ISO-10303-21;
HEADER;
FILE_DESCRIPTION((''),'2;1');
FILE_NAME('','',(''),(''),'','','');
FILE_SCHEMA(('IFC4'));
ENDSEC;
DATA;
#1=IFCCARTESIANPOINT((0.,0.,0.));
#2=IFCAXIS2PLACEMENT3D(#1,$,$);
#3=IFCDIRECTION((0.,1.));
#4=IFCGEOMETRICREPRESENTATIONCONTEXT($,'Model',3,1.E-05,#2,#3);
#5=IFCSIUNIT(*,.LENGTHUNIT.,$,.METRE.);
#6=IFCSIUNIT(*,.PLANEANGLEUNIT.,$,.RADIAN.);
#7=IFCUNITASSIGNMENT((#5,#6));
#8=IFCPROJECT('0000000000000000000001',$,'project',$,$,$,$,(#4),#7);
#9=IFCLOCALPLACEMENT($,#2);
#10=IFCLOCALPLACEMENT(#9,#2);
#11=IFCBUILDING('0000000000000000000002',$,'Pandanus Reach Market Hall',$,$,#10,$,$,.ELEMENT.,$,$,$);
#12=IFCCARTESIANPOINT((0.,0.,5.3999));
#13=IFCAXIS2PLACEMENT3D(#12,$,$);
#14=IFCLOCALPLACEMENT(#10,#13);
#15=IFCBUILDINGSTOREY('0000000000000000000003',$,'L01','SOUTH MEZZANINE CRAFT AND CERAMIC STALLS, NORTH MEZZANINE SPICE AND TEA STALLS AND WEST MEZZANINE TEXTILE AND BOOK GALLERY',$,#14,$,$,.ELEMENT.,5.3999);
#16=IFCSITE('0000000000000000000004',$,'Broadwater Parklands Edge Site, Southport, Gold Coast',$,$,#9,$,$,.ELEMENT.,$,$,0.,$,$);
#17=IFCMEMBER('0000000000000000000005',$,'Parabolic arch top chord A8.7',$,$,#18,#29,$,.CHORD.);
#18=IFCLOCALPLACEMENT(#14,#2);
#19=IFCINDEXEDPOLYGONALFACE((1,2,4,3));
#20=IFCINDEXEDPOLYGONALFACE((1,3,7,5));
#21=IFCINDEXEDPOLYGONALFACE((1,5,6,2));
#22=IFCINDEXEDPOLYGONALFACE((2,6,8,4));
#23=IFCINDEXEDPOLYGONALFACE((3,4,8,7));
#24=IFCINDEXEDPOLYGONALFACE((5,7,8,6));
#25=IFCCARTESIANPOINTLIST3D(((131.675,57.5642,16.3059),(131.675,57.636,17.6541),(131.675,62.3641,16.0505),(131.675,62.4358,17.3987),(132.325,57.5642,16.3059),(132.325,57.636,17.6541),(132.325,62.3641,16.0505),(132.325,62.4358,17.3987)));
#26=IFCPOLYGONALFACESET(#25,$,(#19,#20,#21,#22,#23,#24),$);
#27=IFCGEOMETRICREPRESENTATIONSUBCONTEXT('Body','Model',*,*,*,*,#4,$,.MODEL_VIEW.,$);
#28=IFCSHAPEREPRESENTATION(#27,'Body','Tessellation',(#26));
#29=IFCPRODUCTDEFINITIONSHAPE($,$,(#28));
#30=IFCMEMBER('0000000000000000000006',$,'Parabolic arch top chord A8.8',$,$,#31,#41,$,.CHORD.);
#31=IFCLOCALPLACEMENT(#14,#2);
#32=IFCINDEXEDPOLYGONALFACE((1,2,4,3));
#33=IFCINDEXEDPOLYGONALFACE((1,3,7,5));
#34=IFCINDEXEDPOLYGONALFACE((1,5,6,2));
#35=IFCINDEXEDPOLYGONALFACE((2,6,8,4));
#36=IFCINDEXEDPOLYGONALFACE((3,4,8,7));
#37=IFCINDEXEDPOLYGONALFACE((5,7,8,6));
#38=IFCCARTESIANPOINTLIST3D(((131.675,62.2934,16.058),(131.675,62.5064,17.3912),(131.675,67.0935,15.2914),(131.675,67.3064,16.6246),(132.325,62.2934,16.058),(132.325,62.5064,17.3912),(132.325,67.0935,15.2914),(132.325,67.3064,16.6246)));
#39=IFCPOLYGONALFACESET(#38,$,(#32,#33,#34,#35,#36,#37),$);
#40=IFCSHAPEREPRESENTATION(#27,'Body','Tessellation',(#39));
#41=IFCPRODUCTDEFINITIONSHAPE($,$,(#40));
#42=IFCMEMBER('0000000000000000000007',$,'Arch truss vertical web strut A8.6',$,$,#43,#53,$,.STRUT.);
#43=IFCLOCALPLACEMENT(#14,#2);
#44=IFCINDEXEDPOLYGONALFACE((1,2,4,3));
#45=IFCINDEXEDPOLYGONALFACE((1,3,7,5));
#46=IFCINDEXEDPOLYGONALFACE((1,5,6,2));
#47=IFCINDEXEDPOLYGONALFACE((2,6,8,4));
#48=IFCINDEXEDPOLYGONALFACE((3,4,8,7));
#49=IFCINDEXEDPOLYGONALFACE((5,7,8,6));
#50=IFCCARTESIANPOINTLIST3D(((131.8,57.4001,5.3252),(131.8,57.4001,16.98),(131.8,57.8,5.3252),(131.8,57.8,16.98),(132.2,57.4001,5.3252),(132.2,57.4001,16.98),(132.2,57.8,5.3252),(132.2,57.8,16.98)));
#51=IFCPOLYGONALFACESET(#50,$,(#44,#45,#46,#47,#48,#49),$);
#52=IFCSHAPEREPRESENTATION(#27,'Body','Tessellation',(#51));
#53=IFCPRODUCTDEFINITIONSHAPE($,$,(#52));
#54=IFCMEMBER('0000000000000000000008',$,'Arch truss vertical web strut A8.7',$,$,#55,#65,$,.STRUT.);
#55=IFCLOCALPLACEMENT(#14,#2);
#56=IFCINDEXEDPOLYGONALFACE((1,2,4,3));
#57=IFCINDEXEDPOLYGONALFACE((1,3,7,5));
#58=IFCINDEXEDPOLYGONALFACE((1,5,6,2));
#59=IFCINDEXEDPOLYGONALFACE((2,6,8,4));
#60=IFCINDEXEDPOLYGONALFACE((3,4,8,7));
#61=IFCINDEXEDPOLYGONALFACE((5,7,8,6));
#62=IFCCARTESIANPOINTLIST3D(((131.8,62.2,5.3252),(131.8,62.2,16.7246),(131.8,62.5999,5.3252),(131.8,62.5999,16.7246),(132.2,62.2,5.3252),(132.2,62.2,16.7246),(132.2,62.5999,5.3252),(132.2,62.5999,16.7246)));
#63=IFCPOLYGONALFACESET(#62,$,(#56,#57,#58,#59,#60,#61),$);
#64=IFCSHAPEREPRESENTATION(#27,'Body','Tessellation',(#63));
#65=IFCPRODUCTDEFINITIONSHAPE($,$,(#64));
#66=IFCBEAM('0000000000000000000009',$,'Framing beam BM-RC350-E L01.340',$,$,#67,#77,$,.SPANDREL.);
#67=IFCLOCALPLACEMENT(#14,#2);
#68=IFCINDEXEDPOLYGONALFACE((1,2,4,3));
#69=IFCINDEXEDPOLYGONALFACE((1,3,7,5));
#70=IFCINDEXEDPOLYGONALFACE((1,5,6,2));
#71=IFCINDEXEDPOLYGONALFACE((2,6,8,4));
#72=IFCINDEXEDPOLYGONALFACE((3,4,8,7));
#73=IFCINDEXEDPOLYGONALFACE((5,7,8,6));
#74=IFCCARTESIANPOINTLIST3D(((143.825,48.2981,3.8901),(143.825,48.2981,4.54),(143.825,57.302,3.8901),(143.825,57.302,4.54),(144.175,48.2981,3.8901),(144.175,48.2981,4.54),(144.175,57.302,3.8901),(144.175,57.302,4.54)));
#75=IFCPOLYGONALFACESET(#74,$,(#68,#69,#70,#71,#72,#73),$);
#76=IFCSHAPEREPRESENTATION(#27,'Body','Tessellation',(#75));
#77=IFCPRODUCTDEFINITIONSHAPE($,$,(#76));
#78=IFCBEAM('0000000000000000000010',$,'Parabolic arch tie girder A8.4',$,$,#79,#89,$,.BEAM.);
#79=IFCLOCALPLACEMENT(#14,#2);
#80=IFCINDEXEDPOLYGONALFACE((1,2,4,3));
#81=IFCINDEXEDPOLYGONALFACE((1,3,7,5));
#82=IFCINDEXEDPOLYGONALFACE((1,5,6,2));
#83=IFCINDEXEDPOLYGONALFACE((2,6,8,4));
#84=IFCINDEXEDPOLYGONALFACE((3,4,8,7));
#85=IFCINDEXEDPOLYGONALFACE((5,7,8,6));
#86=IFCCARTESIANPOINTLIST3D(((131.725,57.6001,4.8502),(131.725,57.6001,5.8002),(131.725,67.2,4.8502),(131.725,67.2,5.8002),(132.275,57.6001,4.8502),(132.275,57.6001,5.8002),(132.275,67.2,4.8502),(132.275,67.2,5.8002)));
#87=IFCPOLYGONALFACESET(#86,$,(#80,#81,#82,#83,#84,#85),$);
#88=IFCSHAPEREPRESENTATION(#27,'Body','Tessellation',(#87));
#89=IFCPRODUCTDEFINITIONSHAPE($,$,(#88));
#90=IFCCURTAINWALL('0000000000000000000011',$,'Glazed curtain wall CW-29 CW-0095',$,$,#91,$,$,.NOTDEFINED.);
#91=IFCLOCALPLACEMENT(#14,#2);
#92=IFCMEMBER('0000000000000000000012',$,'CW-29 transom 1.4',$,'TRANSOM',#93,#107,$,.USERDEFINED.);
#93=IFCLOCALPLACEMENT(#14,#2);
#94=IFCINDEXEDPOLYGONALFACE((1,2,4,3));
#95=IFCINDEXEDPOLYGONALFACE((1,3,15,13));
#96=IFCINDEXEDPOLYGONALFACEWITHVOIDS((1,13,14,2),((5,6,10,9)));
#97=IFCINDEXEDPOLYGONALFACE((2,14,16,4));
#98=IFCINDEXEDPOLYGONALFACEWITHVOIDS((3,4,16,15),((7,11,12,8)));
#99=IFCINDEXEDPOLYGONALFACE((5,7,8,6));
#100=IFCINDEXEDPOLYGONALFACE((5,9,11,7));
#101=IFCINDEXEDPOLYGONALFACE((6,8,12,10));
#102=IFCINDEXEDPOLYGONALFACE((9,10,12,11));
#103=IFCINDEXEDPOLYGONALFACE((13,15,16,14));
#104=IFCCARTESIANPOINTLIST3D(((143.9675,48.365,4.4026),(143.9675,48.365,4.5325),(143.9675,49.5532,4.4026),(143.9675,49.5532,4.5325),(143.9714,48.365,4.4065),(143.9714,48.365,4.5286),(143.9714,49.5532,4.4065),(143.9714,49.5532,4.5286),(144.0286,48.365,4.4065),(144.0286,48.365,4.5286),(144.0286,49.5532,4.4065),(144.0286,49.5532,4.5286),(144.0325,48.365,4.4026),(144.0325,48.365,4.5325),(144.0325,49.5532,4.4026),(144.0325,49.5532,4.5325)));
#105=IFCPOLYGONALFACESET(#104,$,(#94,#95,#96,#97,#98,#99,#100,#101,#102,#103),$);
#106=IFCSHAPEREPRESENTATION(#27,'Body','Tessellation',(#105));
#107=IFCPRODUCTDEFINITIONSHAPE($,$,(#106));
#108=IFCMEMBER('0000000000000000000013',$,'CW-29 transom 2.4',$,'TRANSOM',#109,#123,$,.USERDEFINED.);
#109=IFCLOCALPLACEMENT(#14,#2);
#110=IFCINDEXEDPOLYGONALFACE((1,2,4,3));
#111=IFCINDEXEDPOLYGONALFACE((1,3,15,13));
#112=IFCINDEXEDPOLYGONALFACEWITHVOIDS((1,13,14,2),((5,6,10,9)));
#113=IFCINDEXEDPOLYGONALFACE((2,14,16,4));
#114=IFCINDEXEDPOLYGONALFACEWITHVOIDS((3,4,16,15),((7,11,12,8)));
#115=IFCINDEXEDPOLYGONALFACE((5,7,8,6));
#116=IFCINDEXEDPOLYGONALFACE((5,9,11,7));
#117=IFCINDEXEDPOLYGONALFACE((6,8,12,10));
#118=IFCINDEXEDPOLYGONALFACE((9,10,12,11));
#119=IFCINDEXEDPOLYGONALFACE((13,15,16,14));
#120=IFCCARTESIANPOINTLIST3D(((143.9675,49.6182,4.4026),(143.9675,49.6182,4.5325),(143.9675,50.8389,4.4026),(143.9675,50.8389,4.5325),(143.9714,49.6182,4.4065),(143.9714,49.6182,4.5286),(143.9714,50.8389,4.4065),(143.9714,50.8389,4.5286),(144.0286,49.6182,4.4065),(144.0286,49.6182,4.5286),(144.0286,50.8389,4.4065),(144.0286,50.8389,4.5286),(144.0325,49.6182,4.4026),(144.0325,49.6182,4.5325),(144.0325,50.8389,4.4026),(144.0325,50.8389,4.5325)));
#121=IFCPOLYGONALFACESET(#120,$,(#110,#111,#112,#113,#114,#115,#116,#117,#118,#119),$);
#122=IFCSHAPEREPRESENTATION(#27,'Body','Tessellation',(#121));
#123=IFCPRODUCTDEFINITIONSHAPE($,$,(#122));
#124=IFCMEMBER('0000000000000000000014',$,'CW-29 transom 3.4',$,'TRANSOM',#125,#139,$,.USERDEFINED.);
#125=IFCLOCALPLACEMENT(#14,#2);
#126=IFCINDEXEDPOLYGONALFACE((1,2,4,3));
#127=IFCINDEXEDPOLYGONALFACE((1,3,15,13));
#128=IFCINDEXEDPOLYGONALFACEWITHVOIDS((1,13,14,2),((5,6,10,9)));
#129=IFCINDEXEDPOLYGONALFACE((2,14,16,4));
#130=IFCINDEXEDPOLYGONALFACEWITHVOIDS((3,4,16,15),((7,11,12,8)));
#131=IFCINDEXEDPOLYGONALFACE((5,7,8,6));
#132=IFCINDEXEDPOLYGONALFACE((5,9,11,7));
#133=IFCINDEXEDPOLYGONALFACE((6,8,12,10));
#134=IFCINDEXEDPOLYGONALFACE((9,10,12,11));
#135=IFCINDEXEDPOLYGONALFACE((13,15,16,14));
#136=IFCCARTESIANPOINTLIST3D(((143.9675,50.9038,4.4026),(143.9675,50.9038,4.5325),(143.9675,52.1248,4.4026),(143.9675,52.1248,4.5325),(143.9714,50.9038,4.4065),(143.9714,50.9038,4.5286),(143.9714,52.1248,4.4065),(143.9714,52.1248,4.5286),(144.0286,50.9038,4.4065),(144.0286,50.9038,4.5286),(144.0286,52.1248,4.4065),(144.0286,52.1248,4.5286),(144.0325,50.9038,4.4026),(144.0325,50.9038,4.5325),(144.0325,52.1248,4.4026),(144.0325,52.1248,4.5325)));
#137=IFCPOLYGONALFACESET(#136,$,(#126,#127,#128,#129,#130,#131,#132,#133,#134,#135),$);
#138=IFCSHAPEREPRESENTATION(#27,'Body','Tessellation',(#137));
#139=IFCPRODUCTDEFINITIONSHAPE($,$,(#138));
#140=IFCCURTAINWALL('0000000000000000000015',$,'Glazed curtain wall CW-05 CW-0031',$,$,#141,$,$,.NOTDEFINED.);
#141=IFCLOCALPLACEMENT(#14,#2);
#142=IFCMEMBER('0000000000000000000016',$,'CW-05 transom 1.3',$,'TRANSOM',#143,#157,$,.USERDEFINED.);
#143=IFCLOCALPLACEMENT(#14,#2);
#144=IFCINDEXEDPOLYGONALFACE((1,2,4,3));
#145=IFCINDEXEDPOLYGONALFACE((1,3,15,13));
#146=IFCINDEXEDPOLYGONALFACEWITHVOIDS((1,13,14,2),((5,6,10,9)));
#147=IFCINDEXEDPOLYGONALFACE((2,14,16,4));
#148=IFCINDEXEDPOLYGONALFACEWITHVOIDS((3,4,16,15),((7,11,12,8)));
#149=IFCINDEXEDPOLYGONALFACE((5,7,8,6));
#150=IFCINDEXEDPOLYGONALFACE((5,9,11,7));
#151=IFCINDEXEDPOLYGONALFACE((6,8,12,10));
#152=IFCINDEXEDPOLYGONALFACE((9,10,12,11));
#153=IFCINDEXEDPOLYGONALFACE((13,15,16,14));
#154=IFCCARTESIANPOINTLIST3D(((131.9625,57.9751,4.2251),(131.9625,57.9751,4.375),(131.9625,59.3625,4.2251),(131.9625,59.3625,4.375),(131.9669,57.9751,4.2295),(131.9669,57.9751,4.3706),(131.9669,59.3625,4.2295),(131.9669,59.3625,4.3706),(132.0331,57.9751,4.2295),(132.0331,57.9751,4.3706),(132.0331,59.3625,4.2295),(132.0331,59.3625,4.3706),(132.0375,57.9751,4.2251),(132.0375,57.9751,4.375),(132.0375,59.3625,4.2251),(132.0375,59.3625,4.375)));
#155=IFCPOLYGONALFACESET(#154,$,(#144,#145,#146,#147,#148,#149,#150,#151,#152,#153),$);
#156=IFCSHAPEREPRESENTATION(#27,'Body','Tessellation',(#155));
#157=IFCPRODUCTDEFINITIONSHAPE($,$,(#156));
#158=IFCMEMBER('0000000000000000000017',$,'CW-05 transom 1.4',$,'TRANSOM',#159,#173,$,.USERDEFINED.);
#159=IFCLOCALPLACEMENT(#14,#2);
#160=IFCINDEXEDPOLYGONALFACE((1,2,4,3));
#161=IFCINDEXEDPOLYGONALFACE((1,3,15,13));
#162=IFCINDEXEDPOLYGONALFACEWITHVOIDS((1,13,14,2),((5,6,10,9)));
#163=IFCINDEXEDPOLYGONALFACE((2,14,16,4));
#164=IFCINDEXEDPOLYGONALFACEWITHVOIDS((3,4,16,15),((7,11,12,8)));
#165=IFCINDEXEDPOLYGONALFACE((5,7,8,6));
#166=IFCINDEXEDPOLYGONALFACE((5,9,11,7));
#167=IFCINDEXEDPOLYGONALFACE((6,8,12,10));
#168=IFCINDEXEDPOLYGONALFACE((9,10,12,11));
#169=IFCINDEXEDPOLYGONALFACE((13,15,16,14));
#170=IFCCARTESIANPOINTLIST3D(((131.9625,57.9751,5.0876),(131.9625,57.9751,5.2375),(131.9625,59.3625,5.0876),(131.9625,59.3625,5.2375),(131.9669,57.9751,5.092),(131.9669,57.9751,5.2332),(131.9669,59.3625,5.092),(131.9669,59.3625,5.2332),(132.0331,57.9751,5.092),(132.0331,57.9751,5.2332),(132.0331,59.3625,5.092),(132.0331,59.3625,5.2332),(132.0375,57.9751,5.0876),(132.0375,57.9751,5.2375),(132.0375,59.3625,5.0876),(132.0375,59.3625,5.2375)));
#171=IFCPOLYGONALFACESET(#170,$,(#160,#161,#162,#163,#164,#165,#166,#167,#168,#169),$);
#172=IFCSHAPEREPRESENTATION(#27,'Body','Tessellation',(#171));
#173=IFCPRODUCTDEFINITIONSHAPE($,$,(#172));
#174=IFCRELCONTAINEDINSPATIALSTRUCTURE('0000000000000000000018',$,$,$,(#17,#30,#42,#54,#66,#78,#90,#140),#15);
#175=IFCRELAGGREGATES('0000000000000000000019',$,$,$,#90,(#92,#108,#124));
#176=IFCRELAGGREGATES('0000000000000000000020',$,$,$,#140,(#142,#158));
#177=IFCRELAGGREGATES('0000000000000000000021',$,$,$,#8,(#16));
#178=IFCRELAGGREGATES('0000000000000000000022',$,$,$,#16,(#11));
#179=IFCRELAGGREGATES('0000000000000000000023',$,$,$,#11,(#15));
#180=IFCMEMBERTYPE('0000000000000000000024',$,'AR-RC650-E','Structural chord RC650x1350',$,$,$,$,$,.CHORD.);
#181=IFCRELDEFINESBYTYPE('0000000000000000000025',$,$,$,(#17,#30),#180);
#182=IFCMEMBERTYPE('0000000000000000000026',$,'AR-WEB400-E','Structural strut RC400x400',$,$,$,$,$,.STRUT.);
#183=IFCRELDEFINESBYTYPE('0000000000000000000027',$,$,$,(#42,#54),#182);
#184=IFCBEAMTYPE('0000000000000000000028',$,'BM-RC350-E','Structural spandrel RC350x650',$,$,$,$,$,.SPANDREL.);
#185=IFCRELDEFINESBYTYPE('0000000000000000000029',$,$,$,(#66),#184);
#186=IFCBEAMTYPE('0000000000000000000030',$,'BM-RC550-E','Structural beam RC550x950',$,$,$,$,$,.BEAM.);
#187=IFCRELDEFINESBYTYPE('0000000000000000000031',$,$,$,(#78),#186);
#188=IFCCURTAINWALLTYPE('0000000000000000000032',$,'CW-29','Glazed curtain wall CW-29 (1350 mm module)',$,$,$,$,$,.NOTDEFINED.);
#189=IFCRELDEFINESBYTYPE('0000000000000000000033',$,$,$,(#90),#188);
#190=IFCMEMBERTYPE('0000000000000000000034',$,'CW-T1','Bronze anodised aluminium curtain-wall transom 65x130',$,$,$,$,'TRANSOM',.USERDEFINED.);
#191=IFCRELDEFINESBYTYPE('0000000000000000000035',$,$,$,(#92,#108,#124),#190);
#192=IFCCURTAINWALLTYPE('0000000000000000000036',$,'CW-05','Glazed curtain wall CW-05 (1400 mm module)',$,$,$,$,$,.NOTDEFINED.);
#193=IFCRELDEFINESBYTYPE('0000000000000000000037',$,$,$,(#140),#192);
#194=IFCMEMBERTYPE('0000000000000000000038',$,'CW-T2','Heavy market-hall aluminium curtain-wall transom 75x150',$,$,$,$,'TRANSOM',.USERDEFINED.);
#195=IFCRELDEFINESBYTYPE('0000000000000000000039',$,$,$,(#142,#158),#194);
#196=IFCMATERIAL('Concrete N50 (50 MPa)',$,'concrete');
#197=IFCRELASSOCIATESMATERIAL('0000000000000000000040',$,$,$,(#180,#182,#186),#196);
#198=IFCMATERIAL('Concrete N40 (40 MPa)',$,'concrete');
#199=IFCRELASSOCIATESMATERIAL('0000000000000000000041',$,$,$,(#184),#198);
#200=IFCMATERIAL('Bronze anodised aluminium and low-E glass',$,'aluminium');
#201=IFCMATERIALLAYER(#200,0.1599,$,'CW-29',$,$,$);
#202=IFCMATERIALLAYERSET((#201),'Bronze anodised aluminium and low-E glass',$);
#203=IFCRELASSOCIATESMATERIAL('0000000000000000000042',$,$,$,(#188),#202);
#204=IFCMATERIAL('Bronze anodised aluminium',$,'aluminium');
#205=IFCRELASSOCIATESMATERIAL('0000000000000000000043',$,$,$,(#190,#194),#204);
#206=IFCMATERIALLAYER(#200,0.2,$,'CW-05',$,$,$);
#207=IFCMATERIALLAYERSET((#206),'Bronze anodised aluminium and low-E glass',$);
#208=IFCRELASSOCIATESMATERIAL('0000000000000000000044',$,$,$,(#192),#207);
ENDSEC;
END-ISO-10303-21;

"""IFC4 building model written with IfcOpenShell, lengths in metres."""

from ifc_helpers import new_model, si_unit, direction, frame, origin, origin_2d, place, context, subcontext, project, spatial, rectangle, hollow_rectangle, extrude, material, layer, layer_set, material_profile, profile_set, type_object, element, aggregate, save


model = new_model("IFC4")

# Units and contexts
model_context = context("Model", 3, precision=1e-05, world=origin(), true_north=direction((0.0, 1.0)))
body_context = subcontext(model_context, "Body", "Model", "MODEL_VIEW")
ifc_project = project(units=[si_unit("LENGTHUNIT", "METRE"), si_unit("PLANEANGLEUNIT", "RADIAN")], contexts=[model_context])

# Site, building, storey
site_placement = place(None, origin())
site = spatial("IfcSite", under=ifc_project, at=site_placement, Name="Broadwater Parklands Edge Site, Southport, Gold Coast", CompositionType="ELEMENT", RefElevation=0.0)
building_placement = place(site_placement, origin())
building = spatial("IfcBuilding", under=site, at=building_placement, Name="Pandanus Reach Market Hall", CompositionType="ELEMENT")
storey_placement = place(building_placement, frame((0.0, 0.0, 5.3999)))
storey = spatial("IfcBuildingStorey", under=building, at=storey_placement, Name="L01", Description="SOUTH MEZZANINE CRAFT AND CERAMIC STALLS, NORTH MEZZANINE SPICE AND TEA STALLS AND WEST MEZZANINE TEXTILE AND BOOK GALLERY", CompositionType="ELEMENT", Elevation=5.3999)

# Members
ifc_material_1 = material(Name="Concrete N50 (50 MPa)", Category="concrete")
ifc_material_profile_1 = material_profile(ifc_material_1, rectangle(XDim=0.6499, YDim=1.3501, at=origin_2d()), Name="RC650x1350", Category="LoadBearing")
ifc_profile_set_1 = profile_set([ifc_material_profile_1], Name="Concrete N50 (50 MPa)")
member_type_1 = type_object("IfcMemberType", Name="AR-RC650-E", Description="Structural chord RC650x1350", PredefinedType="CHORD", material=ifc_profile_set_1)
member_1_placement = place(storey_placement, frame((132.0, 57.6001, 16.98), z_axis=(0.0, 0.998588, -0.053129), x_axis=(-1.0, 0.0, 0.0)))
element("IfcMember", 1, at=member_1_placement, inside=storey, type_object=member_type_1, Name="Parabolic arch top chord A8.7", PredefinedType="CHORD", context=body_context, shape_type="SweptSolid", body=[
    extrude(rectangle(XDim=0.6499, YDim=1.3501, at=origin_2d()), origin(), (0.0, 0.0, 1.0), 4.8066),
])
member_2_placement = place(storey_placement, frame((132.0, 62.3999, 16.7246), z_axis=(0.0, 0.987486, -0.157708), x_axis=(-1.0, 0.0, 0.0)))
element("IfcMember", 2, at=member_2_placement, inside=storey, type_object=member_type_1, Name="Parabolic arch top chord A8.8", PredefinedType="CHORD", context=body_context, shape_type="SweptSolid", body=[
    extrude(rectangle(XDim=0.6499, YDim=1.3501, at=origin_2d()), origin(), (0.0, 0.0, 1.0), 4.8608),
])
ifc_material_profile_2 = material_profile(ifc_material_1, rectangle(XDim=0.3999, YDim=0.3999, at=origin_2d()), Name="RC400x400", Category="LoadBearing")
ifc_profile_set_2 = profile_set([ifc_material_profile_2], Name="Concrete N50 (50 MPa)")
member_type_2 = type_object("IfcMemberType", Name="AR-WEB400-E", Description="Structural strut RC400x400", PredefinedType="STRUT", material=ifc_profile_set_2)
member_3_placement = place(storey_placement, frame((132.0, 57.6001, 5.3252), z_axis=(0.0, 0.0, 1.0), x_axis=(1.0, 0.0, 0.0)))
element("IfcMember", 3, at=member_3_placement, inside=storey, type_object=member_type_2, Name="Arch truss vertical web strut A8.6", PredefinedType="STRUT", context=body_context, shape_type="SweptSolid", body=[
    extrude(rectangle(XDim=0.3999, YDim=0.3999, at=origin_2d()), origin(), (0.0, 0.0, 1.0), 11.6548),
])
member_4_placement = place(storey_placement, frame((132.0, 62.3999, 5.3252), z_axis=(0.0, 0.0, 1.0), x_axis=(1.0, 0.0, 0.0)))
element("IfcMember", 4, at=member_4_placement, inside=storey, type_object=member_type_2, Name="Arch truss vertical web strut A8.7", PredefinedType="STRUT", context=body_context, shape_type="SweptSolid", body=[
    extrude(rectangle(XDim=0.3999, YDim=0.3999, at=origin_2d()), origin(), (0.0, 0.0, 1.0), 11.3994),
])

# Beams
ifc_material_2 = material(Name="Concrete N40 (40 MPa)", Category="concrete")
ifc_material_profile_3 = material_profile(ifc_material_2, rectangle(XDim=0.3501, YDim=0.6499, at=origin_2d()), Name="RC350x650", Category="LoadBearing")
ifc_profile_set_3 = profile_set([ifc_material_profile_3], Name="Concrete N40 (40 MPa)")
beam_type_1 = type_object("IfcBeamType", Name="BM-RC350-E", Description="Structural spandrel RC350x650", PredefinedType="SPANDREL", material=ifc_profile_set_3)
beam_1_placement = place(storey_placement, frame((144.0, 48.2981, 4.2151), z_axis=(0.0, 1.0, 0.0), x_axis=(-1.0, 0.0, 0.0)))
element("IfcBeam", 5, at=beam_1_placement, inside=storey, type_object=beam_type_1, Name="Framing beam BM-RC350-E L01.340", PredefinedType="SPANDREL", context=body_context, shape_type="SweptSolid", body=[
    extrude(rectangle(XDim=0.3501, YDim=0.6499, at=origin_2d()), origin(), (0.0, 0.0, 1.0), 9.0039),
])
ifc_material_profile_4 = material_profile(ifc_material_1, rectangle(XDim=0.55, YDim=0.95, at=origin_2d()), Name="RC550x950", Category="LoadBearing")
ifc_profile_set_4 = profile_set([ifc_material_profile_4], Name="Concrete N50 (50 MPa)")
beam_type_2 = type_object("IfcBeamType", Name="BM-RC550-E", Description="Structural beam RC550x950", PredefinedType="BEAM", material=ifc_profile_set_4)
beam_2_placement = place(storey_placement, frame((132.0, 57.6001, 5.3252), z_axis=(0.0, 1.0, 0.0), x_axis=(-1.0, 0.0, 0.0)))
element("IfcBeam", 6, at=beam_2_placement, inside=storey, type_object=beam_type_2, Name="Parabolic arch tie girder A8.4", PredefinedType="BEAM", context=body_context, shape_type="SweptSolid", body=[
    extrude(rectangle(XDim=0.55, YDim=0.95, at=origin_2d()), origin(), (0.0, 0.0, 1.0), 9.5999),
])

# Curtain walls, members
ifc_material_3 = material(Name="Bronze anodised aluminium and low-E glass", Category="aluminium")
ifc_layer_1 = layer(ifc_material_3, 0.1599, Name="CW-29")
ifc_layer_set_1 = layer_set([ifc_layer_1], Name="Bronze anodised aluminium and low-E glass")
curtain_wall_type_1 = type_object("IfcCurtainWallType", Name="CW-29", Description="Glazed curtain wall CW-29 (1350 mm module)", PredefinedType="NOTDEFINED", material=ifc_layer_set_1)
curtain_wall_1_placement = place(storey_placement, origin())
curtain_wall_1 = element("IfcCurtainWall", 7, at=curtain_wall_1_placement, inside=storey, type_object=curtain_wall_type_1, Name="Glazed curtain wall CW-29 CW-0095", PredefinedType="NOTDEFINED")
ifc_material_4 = material(Name="Bronze anodised aluminium", Category="aluminium")
ifc_material_profile_5 = material_profile(ifc_material_4, hollow_rectangle(XDim=0.0649, YDim=0.1299, WallThickness=0.0039, at=origin_2d()), Name="ALU65x130", Category="LoadBearing")
ifc_profile_set_5 = profile_set([ifc_material_profile_5], Name="Bronze anodised aluminium")
member_type_3 = type_object("IfcMemberType", Name="CW-T1", Description="Bronze anodised aluminium curtain-wall transom 65x130", ElementType="TRANSOM", PredefinedType="USERDEFINED", material=ifc_profile_set_5)
member_5_placement = place(storey_placement, frame((144.0, 48.365, 4.4675), z_axis=(0.0, 1.0, 0.0), x_axis=(-1.0, 0.0, 0.0)))
member_5 = element("IfcMember", 8, at=member_5_placement, type_object=member_type_3, Name="CW-29 transom 1.4", ObjectType="TRANSOM", PredefinedType="USERDEFINED", context=body_context, shape_type="SweptSolid", body=[
    extrude(hollow_rectangle(XDim=0.0649, YDim=0.1299, WallThickness=0.0039, at=origin_2d()), origin(), (0.0, 0.0, 1.0), 1.1882),
])
member_6_placement = place(storey_placement, frame((144.0, 49.6182, 4.4675), z_axis=(0.0, 1.0, 0.0), x_axis=(-1.0, 0.0, 0.0)))
member_6 = element("IfcMember", 9, at=member_6_placement, type_object=member_type_3, Name="CW-29 transom 2.4", ObjectType="TRANSOM", PredefinedType="USERDEFINED", context=body_context, shape_type="SweptSolid", body=[
    extrude(hollow_rectangle(XDim=0.0649, YDim=0.1299, WallThickness=0.0039, at=origin_2d()), origin(), (0.0, 0.0, 1.0), 1.2207),
])
member_7_placement = place(storey_placement, frame((144.0, 50.9038, 4.4675), z_axis=(0.0, 1.0, 0.0), x_axis=(-1.0, 0.0, 0.0)))
member_7 = element("IfcMember", 10, at=member_7_placement, type_object=member_type_3, Name="CW-29 transom 3.4", ObjectType="TRANSOM", PredefinedType="USERDEFINED", context=body_context, shape_type="SweptSolid", body=[
    extrude(hollow_rectangle(XDim=0.0649, YDim=0.1299, WallThickness=0.0039, at=origin_2d()), origin(), (0.0, 0.0, 1.0), 1.2209),
])
ifc_layer_2 = layer(ifc_material_3, 0.2, Name="CW-05")
ifc_layer_set_2 = layer_set([ifc_layer_2], Name="Bronze anodised aluminium and low-E glass")
curtain_wall_type_2 = type_object("IfcCurtainWallType", Name="CW-05", Description="Glazed curtain wall CW-05 (1400 mm module)", PredefinedType="NOTDEFINED", material=ifc_layer_set_2)
curtain_wall_2_placement = place(storey_placement, origin())
curtain_wall_2 = element("IfcCurtainWall", 11, at=curtain_wall_2_placement, inside=storey, type_object=curtain_wall_type_2, Name="Glazed curtain wall CW-05 CW-0031", PredefinedType="NOTDEFINED")
ifc_material_profile_6 = material_profile(ifc_material_4, hollow_rectangle(XDim=0.075, YDim=0.1499, WallThickness=0.0044, at=origin_2d()), Name="ALU75x150", Category="LoadBearing")
ifc_profile_set_6 = profile_set([ifc_material_profile_6], Name="Bronze anodised aluminium")
member_type_4 = type_object("IfcMemberType", Name="CW-T2", Description="Heavy market-hall aluminium curtain-wall transom 75x150", ElementType="TRANSOM", PredefinedType="USERDEFINED", material=ifc_profile_set_6)
member_8_placement = place(storey_placement, frame((132.0, 57.9751, 4.3), z_axis=(0.0, 1.0, 0.0), x_axis=(-1.0, 0.0, 0.0)))
member_8 = element("IfcMember", 12, at=member_8_placement, type_object=member_type_4, Name="CW-05 transom 1.3", ObjectType="TRANSOM", PredefinedType="USERDEFINED", context=body_context, shape_type="SweptSolid", body=[
    extrude(hollow_rectangle(XDim=0.075, YDim=0.1499, WallThickness=0.0044, at=origin_2d()), origin(), (0.0, 0.0, 1.0), 1.3875),
])
member_9_placement = place(storey_placement, frame((132.0, 57.9751, 5.1626), z_axis=(0.0, 1.0, 0.0), x_axis=(-1.0, 0.0, 0.0)))
member_9 = element("IfcMember", 13, at=member_9_placement, type_object=member_type_4, Name="CW-05 transom 1.4", ObjectType="TRANSOM", PredefinedType="USERDEFINED", context=body_context, shape_type="SweptSolid", body=[
    extrude(hollow_rectangle(XDim=0.075, YDim=0.1499, WallThickness=0.0044, at=origin_2d()), origin(), (0.0, 0.0, 1.0), 1.3875),
])

aggregate(curtain_wall_1, [member_5, member_6, member_7])
aggregate(curtain_wall_2, [member_8, member_9])

save(model, "model.ifc")
